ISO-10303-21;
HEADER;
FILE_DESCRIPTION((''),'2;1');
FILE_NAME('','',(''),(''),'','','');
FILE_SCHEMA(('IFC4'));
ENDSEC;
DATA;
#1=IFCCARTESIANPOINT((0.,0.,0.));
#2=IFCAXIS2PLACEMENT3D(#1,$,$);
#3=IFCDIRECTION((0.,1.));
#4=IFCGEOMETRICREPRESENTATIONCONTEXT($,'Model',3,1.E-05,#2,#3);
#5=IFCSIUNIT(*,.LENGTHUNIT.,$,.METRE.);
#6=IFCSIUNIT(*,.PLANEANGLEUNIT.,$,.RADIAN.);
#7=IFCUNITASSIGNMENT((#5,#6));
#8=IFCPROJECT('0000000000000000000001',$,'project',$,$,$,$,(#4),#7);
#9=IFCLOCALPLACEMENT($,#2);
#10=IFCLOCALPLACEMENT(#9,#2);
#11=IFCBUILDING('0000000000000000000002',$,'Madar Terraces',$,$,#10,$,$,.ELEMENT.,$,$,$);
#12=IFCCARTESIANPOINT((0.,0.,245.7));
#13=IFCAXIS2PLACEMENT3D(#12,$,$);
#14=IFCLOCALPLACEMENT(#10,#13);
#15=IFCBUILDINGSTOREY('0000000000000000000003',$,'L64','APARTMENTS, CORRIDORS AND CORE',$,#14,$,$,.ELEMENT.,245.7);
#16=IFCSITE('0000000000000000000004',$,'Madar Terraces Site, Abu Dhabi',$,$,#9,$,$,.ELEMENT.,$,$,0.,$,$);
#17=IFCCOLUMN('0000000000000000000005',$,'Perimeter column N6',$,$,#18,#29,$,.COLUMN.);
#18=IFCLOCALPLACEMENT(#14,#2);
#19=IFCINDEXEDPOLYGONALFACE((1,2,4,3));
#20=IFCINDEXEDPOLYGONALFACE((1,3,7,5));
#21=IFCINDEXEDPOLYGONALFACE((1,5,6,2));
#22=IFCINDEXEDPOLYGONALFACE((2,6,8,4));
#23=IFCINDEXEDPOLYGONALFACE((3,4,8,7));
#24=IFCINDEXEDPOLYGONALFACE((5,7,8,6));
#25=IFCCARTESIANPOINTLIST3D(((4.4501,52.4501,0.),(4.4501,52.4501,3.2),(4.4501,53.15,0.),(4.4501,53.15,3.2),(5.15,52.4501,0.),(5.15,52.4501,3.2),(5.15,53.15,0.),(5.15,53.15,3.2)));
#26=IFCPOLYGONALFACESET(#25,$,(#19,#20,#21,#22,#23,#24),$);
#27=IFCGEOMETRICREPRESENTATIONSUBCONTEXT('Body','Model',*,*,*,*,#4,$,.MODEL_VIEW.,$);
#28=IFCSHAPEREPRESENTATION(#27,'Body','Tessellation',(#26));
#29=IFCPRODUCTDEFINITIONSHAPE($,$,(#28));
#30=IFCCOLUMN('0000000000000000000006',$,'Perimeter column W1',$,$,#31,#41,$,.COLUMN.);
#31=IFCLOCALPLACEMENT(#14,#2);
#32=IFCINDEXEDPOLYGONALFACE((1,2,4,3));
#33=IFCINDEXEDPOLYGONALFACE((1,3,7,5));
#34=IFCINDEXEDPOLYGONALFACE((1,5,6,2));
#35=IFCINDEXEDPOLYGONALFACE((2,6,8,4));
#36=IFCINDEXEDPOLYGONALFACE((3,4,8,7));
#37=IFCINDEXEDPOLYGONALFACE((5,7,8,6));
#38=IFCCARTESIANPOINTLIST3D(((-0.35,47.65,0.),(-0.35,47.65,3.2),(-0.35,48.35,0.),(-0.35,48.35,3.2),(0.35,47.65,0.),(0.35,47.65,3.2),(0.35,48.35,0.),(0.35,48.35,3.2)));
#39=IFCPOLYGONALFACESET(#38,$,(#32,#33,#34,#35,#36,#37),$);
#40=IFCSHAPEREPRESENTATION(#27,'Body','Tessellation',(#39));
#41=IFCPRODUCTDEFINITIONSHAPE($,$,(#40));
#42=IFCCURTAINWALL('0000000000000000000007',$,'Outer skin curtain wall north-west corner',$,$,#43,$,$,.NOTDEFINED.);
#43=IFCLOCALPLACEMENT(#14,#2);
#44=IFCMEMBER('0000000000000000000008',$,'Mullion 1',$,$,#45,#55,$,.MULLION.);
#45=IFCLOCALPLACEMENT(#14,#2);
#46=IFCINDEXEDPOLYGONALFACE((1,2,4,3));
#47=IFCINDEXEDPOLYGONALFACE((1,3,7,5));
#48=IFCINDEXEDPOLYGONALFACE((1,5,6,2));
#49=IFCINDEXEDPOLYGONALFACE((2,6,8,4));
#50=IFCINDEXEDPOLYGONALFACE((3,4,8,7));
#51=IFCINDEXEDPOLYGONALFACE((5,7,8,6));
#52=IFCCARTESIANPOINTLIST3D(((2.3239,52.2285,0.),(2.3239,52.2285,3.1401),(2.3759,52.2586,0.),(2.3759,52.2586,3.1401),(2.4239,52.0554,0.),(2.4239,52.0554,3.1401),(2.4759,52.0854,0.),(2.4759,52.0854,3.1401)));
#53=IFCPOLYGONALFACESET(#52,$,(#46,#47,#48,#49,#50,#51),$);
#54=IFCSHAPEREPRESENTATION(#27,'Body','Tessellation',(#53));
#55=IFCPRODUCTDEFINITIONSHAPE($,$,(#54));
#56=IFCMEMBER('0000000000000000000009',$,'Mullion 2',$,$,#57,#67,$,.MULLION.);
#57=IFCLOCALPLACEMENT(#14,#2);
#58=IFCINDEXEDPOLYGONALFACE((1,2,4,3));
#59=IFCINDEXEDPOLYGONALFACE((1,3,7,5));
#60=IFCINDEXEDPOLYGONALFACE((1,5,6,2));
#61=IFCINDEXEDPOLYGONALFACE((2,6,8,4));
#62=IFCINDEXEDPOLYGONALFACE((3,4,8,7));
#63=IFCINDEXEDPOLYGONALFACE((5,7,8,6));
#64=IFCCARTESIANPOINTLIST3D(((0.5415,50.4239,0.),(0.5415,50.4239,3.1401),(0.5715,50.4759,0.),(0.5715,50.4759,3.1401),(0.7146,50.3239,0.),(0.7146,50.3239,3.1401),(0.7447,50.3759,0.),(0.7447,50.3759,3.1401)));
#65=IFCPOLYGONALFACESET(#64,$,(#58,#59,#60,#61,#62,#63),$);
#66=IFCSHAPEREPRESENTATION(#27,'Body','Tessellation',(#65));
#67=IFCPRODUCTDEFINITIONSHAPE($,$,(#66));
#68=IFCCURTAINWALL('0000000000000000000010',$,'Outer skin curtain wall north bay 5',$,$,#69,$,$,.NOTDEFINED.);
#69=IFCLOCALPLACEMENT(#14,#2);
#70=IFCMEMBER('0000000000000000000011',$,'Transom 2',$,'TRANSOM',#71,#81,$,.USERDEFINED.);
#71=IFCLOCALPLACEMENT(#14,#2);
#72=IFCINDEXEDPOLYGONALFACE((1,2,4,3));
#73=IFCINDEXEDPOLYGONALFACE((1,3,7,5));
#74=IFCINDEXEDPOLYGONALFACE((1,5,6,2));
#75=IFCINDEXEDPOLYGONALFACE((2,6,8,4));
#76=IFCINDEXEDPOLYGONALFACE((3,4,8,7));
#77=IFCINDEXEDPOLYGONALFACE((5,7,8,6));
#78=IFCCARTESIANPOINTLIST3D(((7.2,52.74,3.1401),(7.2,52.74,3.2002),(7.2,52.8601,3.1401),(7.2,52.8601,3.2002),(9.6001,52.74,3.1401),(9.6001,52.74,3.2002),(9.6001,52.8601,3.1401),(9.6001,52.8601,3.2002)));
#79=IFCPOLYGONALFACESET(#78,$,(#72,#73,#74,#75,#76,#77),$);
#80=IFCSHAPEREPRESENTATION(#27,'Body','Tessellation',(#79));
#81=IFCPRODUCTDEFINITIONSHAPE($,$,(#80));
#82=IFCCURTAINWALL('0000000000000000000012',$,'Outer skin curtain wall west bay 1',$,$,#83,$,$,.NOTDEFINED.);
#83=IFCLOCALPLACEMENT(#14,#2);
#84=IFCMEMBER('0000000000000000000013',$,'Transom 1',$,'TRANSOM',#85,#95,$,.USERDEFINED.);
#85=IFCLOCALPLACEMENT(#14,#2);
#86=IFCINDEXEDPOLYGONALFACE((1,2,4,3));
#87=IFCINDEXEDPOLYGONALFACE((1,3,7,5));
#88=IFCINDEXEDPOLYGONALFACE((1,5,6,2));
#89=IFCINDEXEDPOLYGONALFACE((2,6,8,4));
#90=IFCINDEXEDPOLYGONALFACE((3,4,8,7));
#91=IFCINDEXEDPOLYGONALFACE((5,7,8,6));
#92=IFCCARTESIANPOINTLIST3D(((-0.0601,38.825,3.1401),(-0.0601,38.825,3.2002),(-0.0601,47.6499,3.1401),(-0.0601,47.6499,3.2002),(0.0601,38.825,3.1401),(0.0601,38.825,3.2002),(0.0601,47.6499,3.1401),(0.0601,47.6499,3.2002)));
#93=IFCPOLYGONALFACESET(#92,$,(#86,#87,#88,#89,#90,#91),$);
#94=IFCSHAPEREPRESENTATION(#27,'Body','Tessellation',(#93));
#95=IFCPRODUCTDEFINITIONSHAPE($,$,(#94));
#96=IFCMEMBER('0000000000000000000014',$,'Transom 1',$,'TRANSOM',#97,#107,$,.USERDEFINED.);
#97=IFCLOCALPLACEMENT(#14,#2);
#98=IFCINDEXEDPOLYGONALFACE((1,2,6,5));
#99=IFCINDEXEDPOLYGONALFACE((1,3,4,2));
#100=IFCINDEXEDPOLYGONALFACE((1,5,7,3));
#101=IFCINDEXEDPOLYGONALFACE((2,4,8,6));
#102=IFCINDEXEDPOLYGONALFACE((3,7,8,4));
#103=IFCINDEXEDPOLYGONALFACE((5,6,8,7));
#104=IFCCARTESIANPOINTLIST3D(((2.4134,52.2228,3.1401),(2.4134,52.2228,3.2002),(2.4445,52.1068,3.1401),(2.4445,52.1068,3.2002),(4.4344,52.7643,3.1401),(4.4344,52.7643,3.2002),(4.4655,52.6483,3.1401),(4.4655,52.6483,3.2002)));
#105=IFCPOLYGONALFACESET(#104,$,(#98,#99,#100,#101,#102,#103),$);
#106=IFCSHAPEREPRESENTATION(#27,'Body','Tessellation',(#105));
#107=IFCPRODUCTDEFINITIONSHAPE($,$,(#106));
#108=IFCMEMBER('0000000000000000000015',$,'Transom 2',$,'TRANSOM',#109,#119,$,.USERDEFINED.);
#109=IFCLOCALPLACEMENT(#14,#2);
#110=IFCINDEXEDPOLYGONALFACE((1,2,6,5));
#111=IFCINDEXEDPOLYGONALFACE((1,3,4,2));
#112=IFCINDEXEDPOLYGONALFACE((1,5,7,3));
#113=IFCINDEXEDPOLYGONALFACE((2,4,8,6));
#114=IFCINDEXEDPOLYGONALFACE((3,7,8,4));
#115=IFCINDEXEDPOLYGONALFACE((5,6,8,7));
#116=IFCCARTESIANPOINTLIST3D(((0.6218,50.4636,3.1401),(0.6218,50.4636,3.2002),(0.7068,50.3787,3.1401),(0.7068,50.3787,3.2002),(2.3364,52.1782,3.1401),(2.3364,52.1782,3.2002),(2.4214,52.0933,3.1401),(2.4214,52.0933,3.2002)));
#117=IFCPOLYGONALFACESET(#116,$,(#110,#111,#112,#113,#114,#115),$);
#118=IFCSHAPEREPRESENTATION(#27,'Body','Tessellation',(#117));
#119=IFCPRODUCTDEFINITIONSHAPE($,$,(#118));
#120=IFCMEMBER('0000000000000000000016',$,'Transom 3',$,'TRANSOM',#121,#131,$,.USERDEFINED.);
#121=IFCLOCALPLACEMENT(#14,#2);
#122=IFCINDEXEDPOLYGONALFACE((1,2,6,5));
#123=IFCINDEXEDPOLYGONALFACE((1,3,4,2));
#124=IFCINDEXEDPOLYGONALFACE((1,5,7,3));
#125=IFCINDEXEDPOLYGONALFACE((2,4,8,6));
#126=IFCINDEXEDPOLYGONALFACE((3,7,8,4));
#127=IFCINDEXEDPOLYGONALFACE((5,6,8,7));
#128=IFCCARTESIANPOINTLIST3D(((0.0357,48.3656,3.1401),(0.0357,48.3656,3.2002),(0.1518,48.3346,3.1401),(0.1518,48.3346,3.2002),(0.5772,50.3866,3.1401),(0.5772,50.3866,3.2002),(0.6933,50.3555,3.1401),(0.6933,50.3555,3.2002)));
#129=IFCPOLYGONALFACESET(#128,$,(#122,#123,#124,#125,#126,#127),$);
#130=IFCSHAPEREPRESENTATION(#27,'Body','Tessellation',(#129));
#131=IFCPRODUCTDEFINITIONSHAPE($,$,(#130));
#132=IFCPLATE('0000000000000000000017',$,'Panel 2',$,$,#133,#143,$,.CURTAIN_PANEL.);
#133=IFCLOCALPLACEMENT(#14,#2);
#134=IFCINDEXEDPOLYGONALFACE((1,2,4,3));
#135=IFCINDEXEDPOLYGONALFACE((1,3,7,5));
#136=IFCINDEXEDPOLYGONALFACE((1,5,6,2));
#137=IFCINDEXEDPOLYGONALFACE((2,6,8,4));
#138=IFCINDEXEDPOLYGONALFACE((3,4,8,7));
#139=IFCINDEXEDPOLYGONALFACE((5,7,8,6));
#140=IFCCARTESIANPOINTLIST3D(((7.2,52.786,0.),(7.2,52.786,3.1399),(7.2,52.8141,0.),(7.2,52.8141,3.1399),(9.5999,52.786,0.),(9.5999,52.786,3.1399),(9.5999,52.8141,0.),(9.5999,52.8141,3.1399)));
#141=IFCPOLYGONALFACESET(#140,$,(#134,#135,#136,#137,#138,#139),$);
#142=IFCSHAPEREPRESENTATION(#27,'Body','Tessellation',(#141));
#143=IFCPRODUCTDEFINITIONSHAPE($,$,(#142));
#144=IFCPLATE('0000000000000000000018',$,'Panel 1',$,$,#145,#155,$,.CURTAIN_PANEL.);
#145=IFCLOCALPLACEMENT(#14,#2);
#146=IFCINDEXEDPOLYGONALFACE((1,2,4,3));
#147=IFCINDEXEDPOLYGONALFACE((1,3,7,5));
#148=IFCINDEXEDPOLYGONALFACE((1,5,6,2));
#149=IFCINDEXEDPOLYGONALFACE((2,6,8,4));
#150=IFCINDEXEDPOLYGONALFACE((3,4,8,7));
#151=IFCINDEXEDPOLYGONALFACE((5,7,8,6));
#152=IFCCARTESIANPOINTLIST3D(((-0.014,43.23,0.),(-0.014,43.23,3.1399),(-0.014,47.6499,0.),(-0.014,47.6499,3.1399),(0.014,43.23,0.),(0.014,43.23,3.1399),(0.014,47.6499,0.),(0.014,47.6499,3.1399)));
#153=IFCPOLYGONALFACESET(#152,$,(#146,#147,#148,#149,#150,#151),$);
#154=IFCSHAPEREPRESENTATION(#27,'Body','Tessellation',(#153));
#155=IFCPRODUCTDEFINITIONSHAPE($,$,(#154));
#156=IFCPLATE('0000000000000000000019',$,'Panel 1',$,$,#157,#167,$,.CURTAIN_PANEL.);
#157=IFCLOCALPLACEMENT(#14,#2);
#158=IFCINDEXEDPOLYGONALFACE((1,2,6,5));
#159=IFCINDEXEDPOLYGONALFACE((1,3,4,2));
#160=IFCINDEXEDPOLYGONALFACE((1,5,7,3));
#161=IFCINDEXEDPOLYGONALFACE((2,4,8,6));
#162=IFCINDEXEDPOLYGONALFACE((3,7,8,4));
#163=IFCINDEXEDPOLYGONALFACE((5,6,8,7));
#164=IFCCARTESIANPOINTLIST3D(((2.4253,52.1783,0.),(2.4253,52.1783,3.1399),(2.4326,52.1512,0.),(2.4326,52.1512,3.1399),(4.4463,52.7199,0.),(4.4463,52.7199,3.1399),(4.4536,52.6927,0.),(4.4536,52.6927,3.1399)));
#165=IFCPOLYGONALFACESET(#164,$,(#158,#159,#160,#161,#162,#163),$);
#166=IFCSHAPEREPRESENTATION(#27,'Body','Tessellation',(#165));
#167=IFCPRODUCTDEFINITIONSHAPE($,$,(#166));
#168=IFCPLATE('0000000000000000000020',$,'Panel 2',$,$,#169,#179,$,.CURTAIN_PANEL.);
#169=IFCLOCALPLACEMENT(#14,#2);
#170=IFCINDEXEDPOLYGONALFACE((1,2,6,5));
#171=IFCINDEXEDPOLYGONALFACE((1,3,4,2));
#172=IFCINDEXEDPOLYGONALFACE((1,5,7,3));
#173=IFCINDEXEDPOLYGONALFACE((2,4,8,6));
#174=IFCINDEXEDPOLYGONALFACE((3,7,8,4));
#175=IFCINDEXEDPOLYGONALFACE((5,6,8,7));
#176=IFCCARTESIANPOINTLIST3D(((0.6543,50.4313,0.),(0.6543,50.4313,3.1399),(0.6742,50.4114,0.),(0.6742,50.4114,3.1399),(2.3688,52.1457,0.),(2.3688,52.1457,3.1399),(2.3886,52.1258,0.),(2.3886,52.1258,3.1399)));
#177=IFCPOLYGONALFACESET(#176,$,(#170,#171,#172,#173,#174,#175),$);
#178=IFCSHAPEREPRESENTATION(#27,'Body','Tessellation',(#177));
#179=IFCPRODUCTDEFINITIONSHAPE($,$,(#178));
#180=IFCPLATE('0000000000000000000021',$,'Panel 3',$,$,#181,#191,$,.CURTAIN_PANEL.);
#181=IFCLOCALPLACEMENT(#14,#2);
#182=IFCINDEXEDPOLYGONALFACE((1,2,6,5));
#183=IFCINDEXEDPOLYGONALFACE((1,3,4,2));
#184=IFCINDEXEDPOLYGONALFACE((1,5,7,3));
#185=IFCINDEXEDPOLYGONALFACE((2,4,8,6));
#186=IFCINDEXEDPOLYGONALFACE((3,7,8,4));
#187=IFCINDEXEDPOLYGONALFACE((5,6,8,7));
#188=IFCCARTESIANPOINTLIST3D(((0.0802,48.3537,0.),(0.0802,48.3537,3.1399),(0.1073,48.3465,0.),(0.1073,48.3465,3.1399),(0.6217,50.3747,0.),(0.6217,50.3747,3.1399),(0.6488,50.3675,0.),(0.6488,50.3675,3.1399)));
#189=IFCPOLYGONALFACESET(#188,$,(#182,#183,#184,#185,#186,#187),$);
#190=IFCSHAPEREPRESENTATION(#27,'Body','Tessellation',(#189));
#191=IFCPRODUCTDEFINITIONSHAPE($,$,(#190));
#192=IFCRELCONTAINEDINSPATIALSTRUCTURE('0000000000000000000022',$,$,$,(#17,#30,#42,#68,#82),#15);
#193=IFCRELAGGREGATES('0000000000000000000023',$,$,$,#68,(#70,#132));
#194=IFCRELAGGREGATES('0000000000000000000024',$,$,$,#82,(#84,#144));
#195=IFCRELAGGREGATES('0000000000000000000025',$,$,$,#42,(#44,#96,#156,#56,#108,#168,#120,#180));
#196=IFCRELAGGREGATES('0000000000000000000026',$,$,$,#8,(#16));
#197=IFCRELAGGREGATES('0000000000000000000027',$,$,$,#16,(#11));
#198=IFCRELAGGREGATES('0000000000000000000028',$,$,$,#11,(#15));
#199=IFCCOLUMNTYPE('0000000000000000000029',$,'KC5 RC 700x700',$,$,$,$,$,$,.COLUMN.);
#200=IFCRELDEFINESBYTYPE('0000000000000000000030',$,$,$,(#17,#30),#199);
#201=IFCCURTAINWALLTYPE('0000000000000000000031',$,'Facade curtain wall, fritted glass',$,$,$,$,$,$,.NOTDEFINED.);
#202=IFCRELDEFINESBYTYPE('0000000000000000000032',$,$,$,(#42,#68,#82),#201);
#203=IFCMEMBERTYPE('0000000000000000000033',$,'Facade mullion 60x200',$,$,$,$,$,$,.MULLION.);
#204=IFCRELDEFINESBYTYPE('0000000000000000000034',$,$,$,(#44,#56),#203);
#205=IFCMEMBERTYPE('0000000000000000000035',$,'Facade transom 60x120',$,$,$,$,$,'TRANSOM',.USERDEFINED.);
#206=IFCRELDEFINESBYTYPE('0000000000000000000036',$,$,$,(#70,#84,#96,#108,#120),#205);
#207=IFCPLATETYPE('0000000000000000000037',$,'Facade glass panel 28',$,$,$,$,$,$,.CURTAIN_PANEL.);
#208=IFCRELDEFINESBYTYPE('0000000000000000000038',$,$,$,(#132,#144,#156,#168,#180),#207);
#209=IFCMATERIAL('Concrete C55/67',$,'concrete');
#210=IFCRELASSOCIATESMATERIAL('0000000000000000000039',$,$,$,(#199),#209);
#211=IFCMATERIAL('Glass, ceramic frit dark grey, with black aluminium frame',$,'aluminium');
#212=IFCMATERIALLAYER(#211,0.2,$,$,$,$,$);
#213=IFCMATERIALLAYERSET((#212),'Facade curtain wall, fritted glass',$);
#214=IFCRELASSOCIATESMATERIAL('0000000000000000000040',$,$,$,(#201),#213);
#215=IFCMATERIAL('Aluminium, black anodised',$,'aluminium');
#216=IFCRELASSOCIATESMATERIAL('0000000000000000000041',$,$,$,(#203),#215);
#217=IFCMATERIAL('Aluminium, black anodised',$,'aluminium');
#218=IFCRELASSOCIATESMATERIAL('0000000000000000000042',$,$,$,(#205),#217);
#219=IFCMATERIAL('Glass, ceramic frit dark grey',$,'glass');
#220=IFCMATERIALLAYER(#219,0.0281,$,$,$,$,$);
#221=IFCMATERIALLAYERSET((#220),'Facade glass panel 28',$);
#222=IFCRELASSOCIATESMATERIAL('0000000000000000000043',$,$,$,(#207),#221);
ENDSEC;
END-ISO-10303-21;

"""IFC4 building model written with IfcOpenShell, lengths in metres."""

from ifc_helpers import new_model, si_unit, direction, frame, origin, origin_2d, place, context, subcontext, project, spatial, rectangle, extrude, material, layer, layer_set, material_profile, profile_set, type_object, element, aggregate, save


model = new_model("IFC4")

# Units and contexts
model_context = context("Model", 3, precision=1e-05, world=origin(), true_north=direction((0.0, 1.0)))
body_context = subcontext(model_context, "Body", "Model", "MODEL_VIEW")
ifc_project = project(units=[si_unit("LENGTHUNIT", "METRE"), si_unit("PLANEANGLEUNIT", "RADIAN")], contexts=[model_context])

# Site, building, storey
site_placement = place(None, origin())
site = spatial("IfcSite", under=ifc_project, at=site_placement, Name="Madar Terraces Site, Abu Dhabi", CompositionType="ELEMENT", RefElevation=0.0)
building_placement = place(site_placement, origin())
building = spatial("IfcBuilding", under=site, at=building_placement, Name="Madar Terraces", CompositionType="ELEMENT")
storey_placement = place(building_placement, frame((0.0, 0.0, 245.7)))
storey = spatial("IfcBuildingStorey", under=building, at=storey_placement, Name="L64", Description="APARTMENTS, CORRIDORS AND CORE", CompositionType="ELEMENT", Elevation=245.7)

# Columns
ifc_material_1 = material(Name="Concrete C55/67", Category="concrete")
ifc_material_profile_1 = material_profile(ifc_material_1, rectangle(XDim=0.7, YDim=0.7, at=origin_2d()), Name="KC5 RC 700x700")
ifc_profile_set_1 = profile_set([ifc_material_profile_1], Name="Concrete C55/67")
column_type = type_object("IfcColumnType", Name="KC5 RC 700x700", PredefinedType="COLUMN", material=ifc_profile_set_1)
for number, where, z_axis, x_axis, name in (
    (1, (4.8, 52.8, 0.0), (0.0, 0.0, 1.0), (1.0, 0.0, 0.0), "Perimeter column N6"),
    (2, (0.0, 48.0, 0.0), (0.0, 0.0, 1.0), (1.0, 0.0, 0.0), "Perimeter column W1"),
):
    element("IfcColumn", number, at=place(storey_placement, frame(where, z_axis=z_axis, x_axis=x_axis)), inside=storey, type_object=column_type, Name=name, PredefinedType="COLUMN", context=body_context, shape_type="SweptSolid", body=[
        extrude(rectangle(XDim=0.7, YDim=0.7, at=origin_2d()), origin(), (0.0, 0.0, 1.0), 3.2),
    ])

# Curtain wall, members
ifc_material_2 = material(Name="Glass, ceramic frit dark grey, with black aluminium frame", Category="aluminium")
ifc_layer_1 = layer(ifc_material_2, 0.2)
ifc_layer_set_1 = layer_set([ifc_layer_1], Name="Facade curtain wall, fritted glass")
curtain_wall_type = type_object("IfcCurtainWallType", Name="Facade curtain wall, fritted glass", PredefinedType="NOTDEFINED", material=ifc_layer_set_1)
curtain_wall_1_placement = place(storey_placement, origin())
curtain_wall_1 = element("IfcCurtainWall", 3, at=curtain_wall_1_placement, inside=storey, type_object=curtain_wall_type, Name="Outer skin curtain wall north-west corner", PredefinedType="NOTDEFINED")
ifc_material_3 = material(Name="Aluminium, black anodised", Category="aluminium")
ifc_material_profile_2 = material_profile(ifc_material_3, rectangle(XDim=0.2, YDim=0.0601, at=origin_2d()), Name="Facade mullion 60x200")
ifc_profile_set_2 = profile_set([ifc_material_profile_2], Name="Aluminium, black anodised")
member_type_1 = type_object("IfcMemberType", Name="Facade mullion 60x200", PredefinedType="MULLION", material=ifc_profile_set_2)
member_1_placement = place(storey_placement, frame((2.3999, 52.157, 0.0), z_axis=(0.0, 0.0, 1.0), x_axis=(0.5, -0.866025, 0.0)))
member_1 = element("IfcMember", 4, at=member_1_placement, type_object=member_type_1, Name="Mullion 1", PredefinedType="MULLION", context=body_context, shape_type="SweptSolid", body=[
    extrude(rectangle(XDim=0.2, YDim=0.0601, at=origin_2d()), origin(), (0.0, 0.0, 1.0), 3.1401),
])
member_2_placement = place(storey_placement, frame((0.6431, 50.3999, 0.0), z_axis=(0.0, 0.0, 1.0), x_axis=(0.866025, -0.5, 0.0)))
member_2 = element("IfcMember", 5, at=member_2_placement, type_object=member_type_1, Name="Mullion 2", PredefinedType="MULLION", context=body_context, shape_type="SweptSolid", body=[
    extrude(rectangle(XDim=0.2, YDim=0.0601, at=origin_2d()), origin(), (0.0, 0.0, 1.0), 3.1401),
])

# Curtain walls, members
curtain_wall_2_placement = place(storey_placement, origin())
curtain_wall_2 = element("IfcCurtainWall", 6, at=curtain_wall_2_placement, inside=storey, type_object=curtain_wall_type, Name="Outer skin curtain wall north bay 5", PredefinedType="NOTDEFINED")
ifc_material_4 = material(Name="Aluminium, black anodised", Category="aluminium")
ifc_material_profile_3 = material_profile(ifc_material_4, rectangle(XDim=0.1201, YDim=0.0601, at=origin_2d()), Name="Facade transom 60x120")
ifc_profile_set_3 = profile_set([ifc_material_profile_3], Name="Aluminium, black anodised")
member_type_2 = type_object("IfcMemberType", Name="Facade transom 60x120", ElementType="TRANSOM", PredefinedType="USERDEFINED", material=ifc_profile_set_3)
member_3_placement = place(storey_placement, frame((9.6001, 52.8, 3.1702), z_axis=(-1.0, 0.0, 0.0), x_axis=(0.0, -1.0, 0.0)))
member_3 = element("IfcMember", 7, at=member_3_placement, type_object=member_type_2, Name="Transom 2", ObjectType="TRANSOM", PredefinedType="USERDEFINED", context=body_context, shape_type="SweptSolid", body=[
    extrude(rectangle(XDim=0.1201, YDim=0.0601, at=origin_2d()), origin(), (0.0, 0.0, 1.0), 2.4001),
])
curtain_wall_3_placement = place(storey_placement, origin())
curtain_wall_3 = element("IfcCurtainWall", 8, at=curtain_wall_3_placement, inside=storey, type_object=curtain_wall_type, Name="Outer skin curtain wall west bay 1", PredefinedType="NOTDEFINED")
member_4_placement = place(storey_placement, frame((0.0, 47.6499, 3.1702), z_axis=(0.0, -1.0, 0.0), x_axis=(1.0, 0.0, 0.0)))
member_4 = element("IfcMember", 9, at=member_4_placement, type_object=member_type_2, Name="Transom 1", ObjectType="TRANSOM", PredefinedType="USERDEFINED", context=body_context, shape_type="SweptSolid", body=[
    extrude(rectangle(XDim=0.1201, YDim=0.0601, at=origin_2d()), origin(), (0.0, 0.0, 1.0), 8.825),
])

# Members
member_5_placement = place(storey_placement, frame((4.45, 52.7063, 3.1702), z_axis=(-0.965928, -0.25881, 0.0), x_axis=(0.25881, -0.965928, 0.0)))
member_5 = element("IfcMember", 10, at=member_5_placement, type_object=member_type_2, Name="Transom 1", ObjectType="TRANSOM", PredefinedType="USERDEFINED", context=body_context, shape_type="SweptSolid", body=[
    extrude(rectangle(XDim=0.1201, YDim=0.0601, at=origin_2d()), origin(), (0.0, 0.0, 1.0), 2.0923),
])
member_6_placement = place(storey_placement, frame((2.3789, 52.1357, 3.1702), z_axis=(-0.707107, -0.707107, 0.0), x_axis=(0.707107, -0.707107, 0.0)))
member_6 = element("IfcMember", 11, at=member_6_placement, type_object=member_type_2, Name="Transom 2", ObjectType="TRANSOM", PredefinedType="USERDEFINED", context=body_context, shape_type="SweptSolid", body=[
    extrude(rectangle(XDim=0.1201, YDim=0.0601, at=origin_2d()), origin(), (0.0, 0.0, 1.0), 2.4248),
])
member_7_placement = place(storey_placement, frame((0.6353, 50.3711, 3.1702), z_axis=(-0.25881, -0.965928, 0.0), x_axis=(0.965928, -0.25881, 0.0)))
member_7 = element("IfcMember", 12, at=member_7_placement, type_object=member_type_2, Name="Transom 3", ObjectType="TRANSOM", PredefinedType="USERDEFINED", context=body_context, shape_type="SweptSolid", body=[
    extrude(rectangle(XDim=0.1201, YDim=0.0601, at=origin_2d()), origin(), (0.0, 0.0, 1.0), 2.0923),
])

# Plates
ifc_material_5 = material(Name="Glass, ceramic frit dark grey", Category="glass")
ifc_layer_2 = layer(ifc_material_5, 0.0281)
ifc_layer_set_2 = layer_set([ifc_layer_2], Name="Facade glass panel 28")
plate_type = type_object("IfcPlateType", Name="Facade glass panel 28", PredefinedType="CURTAIN_PANEL", material=ifc_layer_set_2)
plate_1_placement = place(storey_placement, frame((8.3999, 52.8, 0.0), z_axis=(0.0, 0.0, 1.0), x_axis=(-1.0, 0.0, 0.0)))
plate_1 = element("IfcPlate", 13, at=plate_1_placement, type_object=plate_type, Name="Panel 2", PredefinedType="CURTAIN_PANEL", context=body_context, shape_type="SweptSolid", body=[
    extrude(rectangle(XDim=2.3999, YDim=0.0281, at=origin_2d()), origin(), (0.0, 0.0, 1.0), 3.1399),
])
aggregate(curtain_wall_2, [member_3, plate_1])
plate_2_placement = place(storey_placement, frame((0.0, 45.4399, 0.0), z_axis=(0.0, 0.0, 1.0), x_axis=(0.0, -1.0, 0.0)))
plate_2 = element("IfcPlate", 14, at=plate_2_placement, type_object=plate_type, Name="Panel 1", PredefinedType="CURTAIN_PANEL", context=body_context, shape_type="SweptSolid", body=[
    extrude(rectangle(XDim=4.4199, YDim=0.0281, at=origin_2d()), origin(), (0.0, 0.0, 1.0), 3.1399),
])
aggregate(curtain_wall_3, [member_4, plate_2])
plate_3_placement = place(storey_placement, frame((3.4395, 52.4355, 0.0), z_axis=(0.0, 0.0, 1.0), x_axis=(-0.965926, -0.258819, 0.0)))
plate_3 = element("IfcPlate", 15, at=plate_3_placement, type_object=plate_type, Name="Panel 1", PredefinedType="CURTAIN_PANEL", context=body_context, shape_type="SweptSolid", body=[
    extrude(rectangle(XDim=2.0923, YDim=0.0281, at=origin_2d()), origin(), (0.0, 0.0, 1.0), 3.1399),
])
plate_4_placement = place(storey_placement, frame((1.5215, 51.2786, 0.0), z_axis=(0.0, 0.0, 1.0), x_axis=(-0.707107, -0.707107, 0.0)))
plate_4 = element("IfcPlate", 16, at=plate_4_placement, type_object=plate_type, Name="Panel 2", PredefinedType="CURTAIN_PANEL", context=body_context, shape_type="SweptSolid", body=[
    extrude(rectangle(XDim=2.4246, YDim=0.0281, at=origin_2d()), origin(), (0.0, 0.0, 1.0), 3.1399),
])
plate_5_placement = place(storey_placement, frame((0.3645, 49.3606, 0.0), z_axis=(0.0, 0.0, 1.0), x_axis=(-0.258819, -0.965926, 0.0)))
plate_5 = element("IfcPlate", 17, at=plate_5_placement, type_object=plate_type, Name="Panel 3", PredefinedType="CURTAIN_PANEL", context=body_context, shape_type="SweptSolid", body=[
    extrude(rectangle(XDim=2.0923, YDim=0.0281, at=origin_2d()), origin(), (0.0, 0.0, 1.0), 3.1399),
])
aggregate(curtain_wall_1, [member_1, member_5, plate_3, member_2, member_6, plate_4, member_7, plate_5])

save(model, "model.ifc")
